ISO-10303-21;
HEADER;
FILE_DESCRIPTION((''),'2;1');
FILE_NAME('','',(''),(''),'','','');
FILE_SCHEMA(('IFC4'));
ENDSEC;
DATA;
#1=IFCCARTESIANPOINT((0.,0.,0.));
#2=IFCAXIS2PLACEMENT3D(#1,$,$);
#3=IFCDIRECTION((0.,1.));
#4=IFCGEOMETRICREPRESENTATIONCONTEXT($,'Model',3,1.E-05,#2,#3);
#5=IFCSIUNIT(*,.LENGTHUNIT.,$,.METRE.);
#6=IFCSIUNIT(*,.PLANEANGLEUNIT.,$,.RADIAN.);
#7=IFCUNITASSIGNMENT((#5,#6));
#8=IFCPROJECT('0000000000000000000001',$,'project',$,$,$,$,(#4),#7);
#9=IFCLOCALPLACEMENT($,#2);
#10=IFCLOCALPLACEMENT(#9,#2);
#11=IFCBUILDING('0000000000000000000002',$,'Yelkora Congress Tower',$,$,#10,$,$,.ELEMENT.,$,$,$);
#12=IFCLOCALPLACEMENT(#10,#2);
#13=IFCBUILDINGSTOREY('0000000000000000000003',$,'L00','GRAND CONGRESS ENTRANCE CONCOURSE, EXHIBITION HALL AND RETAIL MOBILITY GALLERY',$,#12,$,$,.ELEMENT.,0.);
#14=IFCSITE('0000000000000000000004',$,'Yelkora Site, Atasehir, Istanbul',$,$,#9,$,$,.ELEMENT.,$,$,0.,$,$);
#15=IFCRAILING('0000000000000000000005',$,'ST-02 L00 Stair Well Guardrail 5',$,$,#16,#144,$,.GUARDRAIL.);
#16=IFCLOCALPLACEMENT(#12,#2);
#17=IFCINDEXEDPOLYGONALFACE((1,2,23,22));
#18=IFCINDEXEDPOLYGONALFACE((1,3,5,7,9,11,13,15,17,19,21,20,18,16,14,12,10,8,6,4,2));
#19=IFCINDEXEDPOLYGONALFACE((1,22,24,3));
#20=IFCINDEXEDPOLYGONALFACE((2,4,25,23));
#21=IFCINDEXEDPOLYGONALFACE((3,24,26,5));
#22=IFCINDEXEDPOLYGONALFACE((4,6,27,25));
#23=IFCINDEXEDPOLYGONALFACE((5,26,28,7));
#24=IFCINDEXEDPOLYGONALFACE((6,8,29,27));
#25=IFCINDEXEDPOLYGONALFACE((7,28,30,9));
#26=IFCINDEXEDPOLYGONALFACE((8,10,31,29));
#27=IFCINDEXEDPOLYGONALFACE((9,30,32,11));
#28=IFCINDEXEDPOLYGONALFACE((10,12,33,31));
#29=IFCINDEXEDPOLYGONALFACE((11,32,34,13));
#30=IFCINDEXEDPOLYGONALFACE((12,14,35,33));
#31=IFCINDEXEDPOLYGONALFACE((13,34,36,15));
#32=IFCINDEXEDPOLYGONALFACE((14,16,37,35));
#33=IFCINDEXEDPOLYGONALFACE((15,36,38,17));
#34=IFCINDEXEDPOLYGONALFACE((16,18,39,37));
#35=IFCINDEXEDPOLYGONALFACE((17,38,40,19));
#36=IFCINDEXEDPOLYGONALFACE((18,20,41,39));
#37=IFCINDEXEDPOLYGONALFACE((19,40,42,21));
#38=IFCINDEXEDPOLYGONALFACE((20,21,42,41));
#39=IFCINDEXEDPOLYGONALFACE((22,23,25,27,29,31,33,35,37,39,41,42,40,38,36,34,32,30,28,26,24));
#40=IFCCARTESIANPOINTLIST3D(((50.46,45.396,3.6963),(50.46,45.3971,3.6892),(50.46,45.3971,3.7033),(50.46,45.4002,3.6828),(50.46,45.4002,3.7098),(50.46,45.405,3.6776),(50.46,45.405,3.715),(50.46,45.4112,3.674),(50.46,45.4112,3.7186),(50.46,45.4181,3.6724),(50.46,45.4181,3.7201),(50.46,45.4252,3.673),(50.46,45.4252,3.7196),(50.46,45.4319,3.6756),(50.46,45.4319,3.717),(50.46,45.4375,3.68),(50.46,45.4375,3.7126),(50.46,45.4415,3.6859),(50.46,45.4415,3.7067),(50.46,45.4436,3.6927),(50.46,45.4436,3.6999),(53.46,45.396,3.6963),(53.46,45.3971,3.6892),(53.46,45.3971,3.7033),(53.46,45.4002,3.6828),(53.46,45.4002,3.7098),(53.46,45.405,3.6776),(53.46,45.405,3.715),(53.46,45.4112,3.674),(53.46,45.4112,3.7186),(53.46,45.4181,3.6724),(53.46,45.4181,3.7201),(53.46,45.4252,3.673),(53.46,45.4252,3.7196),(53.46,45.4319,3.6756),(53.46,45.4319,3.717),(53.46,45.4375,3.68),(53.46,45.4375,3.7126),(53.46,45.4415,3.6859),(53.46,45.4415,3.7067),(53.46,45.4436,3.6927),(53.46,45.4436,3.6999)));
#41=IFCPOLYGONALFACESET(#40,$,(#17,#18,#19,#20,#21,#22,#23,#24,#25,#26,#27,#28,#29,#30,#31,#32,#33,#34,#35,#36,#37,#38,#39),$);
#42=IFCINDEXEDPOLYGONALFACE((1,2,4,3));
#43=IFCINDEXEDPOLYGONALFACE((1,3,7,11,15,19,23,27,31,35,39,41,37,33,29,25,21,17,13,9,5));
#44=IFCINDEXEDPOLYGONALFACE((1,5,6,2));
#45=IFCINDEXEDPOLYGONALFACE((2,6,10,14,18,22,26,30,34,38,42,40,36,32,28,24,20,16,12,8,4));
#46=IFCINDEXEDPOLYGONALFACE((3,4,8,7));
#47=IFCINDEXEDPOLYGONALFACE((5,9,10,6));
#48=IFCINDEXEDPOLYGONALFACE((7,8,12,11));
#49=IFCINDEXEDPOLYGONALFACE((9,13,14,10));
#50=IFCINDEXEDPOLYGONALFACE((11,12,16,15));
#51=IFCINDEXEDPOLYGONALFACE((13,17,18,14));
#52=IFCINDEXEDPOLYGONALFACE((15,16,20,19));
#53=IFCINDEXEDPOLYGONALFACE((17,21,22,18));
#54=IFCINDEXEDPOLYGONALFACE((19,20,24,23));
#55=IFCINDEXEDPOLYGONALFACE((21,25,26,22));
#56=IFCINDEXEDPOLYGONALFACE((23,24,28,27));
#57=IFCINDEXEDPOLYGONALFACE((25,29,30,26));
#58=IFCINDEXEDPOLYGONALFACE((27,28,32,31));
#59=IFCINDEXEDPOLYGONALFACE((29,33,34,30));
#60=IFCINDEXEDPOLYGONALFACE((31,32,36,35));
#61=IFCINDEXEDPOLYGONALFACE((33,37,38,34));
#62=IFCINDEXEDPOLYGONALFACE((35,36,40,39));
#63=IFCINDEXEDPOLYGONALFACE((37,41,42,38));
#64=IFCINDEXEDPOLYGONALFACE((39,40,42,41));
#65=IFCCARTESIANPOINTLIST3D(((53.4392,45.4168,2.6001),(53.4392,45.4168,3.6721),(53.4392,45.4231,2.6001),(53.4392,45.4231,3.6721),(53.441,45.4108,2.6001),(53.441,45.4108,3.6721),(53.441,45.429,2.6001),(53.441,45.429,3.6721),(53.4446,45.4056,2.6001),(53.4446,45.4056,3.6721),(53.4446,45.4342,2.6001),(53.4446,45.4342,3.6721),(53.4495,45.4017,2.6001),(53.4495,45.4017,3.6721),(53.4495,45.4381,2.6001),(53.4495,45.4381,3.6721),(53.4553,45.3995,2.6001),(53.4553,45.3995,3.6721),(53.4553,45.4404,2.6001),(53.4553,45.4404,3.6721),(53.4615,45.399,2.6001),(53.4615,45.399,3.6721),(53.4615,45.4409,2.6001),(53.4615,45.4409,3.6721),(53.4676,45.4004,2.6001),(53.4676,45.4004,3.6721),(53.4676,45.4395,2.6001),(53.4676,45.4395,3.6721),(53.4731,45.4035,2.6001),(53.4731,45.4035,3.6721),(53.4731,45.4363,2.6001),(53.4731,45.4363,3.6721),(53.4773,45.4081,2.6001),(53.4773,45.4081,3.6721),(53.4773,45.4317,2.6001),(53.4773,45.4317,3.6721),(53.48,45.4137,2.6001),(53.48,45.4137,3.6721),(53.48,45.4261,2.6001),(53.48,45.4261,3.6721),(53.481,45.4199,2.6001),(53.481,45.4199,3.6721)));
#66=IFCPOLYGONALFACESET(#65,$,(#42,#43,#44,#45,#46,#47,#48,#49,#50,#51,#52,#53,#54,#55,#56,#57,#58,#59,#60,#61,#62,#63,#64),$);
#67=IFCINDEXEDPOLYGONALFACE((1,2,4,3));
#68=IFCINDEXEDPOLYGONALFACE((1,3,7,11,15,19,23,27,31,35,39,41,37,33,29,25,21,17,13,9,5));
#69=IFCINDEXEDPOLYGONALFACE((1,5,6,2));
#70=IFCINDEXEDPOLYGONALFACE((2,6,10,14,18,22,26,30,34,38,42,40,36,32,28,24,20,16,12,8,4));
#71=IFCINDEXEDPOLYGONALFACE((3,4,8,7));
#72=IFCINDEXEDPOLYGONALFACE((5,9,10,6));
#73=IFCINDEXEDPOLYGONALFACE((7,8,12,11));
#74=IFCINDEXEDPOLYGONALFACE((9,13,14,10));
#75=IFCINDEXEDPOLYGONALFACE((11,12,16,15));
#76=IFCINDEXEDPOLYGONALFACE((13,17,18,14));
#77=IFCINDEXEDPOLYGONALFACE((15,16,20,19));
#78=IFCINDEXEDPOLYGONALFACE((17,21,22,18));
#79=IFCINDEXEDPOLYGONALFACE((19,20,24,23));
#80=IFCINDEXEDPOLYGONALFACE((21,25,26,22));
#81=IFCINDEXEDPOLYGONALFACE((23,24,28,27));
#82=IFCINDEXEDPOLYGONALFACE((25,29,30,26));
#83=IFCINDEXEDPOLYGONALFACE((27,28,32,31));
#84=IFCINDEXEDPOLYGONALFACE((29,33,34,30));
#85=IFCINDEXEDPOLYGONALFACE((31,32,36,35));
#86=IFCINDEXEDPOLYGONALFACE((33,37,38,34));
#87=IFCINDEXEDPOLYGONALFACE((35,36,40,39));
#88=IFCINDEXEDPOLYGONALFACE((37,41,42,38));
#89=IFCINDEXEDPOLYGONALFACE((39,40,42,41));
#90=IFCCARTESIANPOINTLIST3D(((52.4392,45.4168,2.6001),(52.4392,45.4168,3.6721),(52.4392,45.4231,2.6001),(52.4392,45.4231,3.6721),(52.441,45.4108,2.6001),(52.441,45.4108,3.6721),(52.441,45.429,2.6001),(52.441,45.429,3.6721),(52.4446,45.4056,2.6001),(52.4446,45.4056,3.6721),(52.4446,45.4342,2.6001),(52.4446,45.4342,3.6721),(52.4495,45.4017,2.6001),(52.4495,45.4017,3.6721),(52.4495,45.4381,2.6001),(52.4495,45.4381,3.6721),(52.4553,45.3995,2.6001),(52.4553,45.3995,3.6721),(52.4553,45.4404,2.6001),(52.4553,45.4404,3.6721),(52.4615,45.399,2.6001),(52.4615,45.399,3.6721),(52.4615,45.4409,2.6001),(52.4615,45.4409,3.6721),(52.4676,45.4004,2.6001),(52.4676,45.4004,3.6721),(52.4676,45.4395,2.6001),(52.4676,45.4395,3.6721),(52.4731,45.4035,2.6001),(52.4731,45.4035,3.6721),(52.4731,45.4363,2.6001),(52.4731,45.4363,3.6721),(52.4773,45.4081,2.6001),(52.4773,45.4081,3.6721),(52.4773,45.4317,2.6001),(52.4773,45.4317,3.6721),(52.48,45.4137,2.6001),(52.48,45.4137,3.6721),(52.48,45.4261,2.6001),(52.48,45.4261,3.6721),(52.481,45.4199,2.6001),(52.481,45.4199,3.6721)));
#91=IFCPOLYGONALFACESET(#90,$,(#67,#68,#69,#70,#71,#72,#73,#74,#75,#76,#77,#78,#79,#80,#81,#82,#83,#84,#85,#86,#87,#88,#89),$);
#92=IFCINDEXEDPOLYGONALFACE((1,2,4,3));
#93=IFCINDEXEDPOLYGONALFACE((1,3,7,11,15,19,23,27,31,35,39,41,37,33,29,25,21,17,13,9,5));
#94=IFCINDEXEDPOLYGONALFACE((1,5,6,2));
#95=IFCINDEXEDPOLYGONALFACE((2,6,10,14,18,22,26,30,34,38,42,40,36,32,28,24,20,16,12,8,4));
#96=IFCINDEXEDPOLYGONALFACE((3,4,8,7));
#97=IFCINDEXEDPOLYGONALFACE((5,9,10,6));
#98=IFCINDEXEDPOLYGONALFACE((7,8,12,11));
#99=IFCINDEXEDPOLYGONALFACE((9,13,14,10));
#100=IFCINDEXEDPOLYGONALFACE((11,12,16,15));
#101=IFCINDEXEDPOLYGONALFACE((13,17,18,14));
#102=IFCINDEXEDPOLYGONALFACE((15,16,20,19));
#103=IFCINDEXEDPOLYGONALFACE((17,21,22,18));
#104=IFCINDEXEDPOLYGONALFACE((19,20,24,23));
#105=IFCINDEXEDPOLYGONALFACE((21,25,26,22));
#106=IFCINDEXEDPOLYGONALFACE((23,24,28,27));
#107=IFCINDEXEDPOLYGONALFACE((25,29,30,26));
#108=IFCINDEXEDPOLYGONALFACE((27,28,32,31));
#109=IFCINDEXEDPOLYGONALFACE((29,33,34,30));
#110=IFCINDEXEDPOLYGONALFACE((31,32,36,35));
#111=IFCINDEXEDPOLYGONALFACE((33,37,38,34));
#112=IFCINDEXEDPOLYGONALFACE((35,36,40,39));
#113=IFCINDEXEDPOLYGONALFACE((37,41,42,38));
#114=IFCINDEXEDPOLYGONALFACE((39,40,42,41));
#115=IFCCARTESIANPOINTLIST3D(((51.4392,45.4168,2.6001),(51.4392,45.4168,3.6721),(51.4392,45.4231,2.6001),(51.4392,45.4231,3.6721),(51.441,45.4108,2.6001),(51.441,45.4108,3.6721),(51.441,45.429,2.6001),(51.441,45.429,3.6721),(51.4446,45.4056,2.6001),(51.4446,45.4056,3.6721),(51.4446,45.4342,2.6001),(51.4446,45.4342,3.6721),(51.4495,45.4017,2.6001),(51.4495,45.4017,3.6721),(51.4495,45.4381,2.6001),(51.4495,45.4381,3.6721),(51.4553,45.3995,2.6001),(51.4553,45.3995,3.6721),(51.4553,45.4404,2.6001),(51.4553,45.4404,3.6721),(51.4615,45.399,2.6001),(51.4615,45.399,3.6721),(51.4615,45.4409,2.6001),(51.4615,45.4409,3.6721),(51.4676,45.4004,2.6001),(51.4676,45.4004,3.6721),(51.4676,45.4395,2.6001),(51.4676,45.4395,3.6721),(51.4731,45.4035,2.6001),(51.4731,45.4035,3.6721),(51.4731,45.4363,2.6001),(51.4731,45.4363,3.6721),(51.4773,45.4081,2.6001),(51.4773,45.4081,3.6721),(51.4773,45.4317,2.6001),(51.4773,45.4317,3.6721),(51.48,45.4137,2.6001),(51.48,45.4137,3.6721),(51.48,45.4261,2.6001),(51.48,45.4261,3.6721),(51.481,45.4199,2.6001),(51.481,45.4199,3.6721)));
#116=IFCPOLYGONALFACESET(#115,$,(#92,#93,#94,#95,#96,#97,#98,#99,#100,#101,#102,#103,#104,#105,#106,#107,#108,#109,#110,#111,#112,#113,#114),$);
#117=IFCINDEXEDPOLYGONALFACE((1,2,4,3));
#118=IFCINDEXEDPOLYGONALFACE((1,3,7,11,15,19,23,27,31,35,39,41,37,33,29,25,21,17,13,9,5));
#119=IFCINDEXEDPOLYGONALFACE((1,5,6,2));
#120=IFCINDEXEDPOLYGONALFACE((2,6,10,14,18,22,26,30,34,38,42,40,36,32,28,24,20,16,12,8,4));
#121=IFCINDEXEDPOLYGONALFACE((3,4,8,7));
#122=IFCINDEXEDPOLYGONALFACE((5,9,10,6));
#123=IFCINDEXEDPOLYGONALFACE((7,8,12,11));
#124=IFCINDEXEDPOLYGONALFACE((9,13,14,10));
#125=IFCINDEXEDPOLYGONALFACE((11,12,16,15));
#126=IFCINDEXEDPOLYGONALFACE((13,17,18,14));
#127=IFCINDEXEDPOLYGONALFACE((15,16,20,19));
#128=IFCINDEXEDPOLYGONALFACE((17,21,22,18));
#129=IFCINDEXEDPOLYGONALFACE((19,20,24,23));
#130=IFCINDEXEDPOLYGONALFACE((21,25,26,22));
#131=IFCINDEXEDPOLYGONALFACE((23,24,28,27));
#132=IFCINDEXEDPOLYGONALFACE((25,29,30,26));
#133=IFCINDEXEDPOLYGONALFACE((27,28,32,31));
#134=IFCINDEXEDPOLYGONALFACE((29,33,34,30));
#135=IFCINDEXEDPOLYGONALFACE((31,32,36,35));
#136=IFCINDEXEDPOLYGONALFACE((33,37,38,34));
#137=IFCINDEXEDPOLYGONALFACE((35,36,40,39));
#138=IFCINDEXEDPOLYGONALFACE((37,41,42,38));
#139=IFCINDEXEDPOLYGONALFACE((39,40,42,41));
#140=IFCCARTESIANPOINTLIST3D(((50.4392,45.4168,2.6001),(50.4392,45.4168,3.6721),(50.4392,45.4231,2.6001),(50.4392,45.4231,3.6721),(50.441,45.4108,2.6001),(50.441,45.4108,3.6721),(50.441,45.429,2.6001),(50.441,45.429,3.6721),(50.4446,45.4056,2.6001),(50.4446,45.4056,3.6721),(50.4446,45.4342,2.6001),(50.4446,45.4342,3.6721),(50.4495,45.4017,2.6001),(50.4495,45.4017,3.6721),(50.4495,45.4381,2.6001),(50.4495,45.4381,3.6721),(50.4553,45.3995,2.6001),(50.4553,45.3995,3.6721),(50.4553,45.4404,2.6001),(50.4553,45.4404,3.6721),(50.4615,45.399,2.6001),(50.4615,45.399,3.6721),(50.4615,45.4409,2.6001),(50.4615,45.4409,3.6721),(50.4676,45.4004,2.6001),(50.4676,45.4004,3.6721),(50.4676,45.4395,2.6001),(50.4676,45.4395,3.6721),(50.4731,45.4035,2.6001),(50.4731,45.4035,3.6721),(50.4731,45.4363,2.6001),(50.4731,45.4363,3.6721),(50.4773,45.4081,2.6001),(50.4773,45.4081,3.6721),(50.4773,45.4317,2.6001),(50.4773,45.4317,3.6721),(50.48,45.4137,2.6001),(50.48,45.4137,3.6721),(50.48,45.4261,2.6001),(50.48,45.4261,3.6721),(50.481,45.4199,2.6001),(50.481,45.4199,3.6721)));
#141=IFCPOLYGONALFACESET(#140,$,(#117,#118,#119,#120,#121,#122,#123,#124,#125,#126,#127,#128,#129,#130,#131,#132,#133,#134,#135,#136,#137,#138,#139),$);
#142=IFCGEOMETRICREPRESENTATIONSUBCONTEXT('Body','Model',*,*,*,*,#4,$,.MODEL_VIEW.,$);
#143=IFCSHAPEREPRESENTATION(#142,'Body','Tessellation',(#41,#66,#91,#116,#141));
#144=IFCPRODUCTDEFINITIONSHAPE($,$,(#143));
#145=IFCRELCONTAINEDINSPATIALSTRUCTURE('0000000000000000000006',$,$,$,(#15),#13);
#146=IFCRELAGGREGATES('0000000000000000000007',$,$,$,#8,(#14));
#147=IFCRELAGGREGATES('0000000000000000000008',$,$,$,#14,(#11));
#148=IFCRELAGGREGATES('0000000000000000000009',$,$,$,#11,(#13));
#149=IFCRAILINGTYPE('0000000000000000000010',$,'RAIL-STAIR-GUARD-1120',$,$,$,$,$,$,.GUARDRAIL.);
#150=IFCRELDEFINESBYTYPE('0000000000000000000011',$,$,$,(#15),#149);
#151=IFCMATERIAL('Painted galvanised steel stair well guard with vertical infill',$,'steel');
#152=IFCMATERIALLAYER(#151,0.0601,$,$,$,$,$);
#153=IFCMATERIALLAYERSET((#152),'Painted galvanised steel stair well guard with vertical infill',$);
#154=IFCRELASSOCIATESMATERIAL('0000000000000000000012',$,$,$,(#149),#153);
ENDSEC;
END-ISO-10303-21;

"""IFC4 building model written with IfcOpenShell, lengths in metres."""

from ifc_helpers import new_model, si_unit, direction, frame, origin, origin_2d, place, context, subcontext, project, spatial, circle, extrude, material, layer, layer_set, type_object, element, save


model = new_model("IFC4")

# Units and contexts
model_context = context("Model", 3, precision=1e-05, world=origin(), true_north=direction((0.0, 1.0)))
body_context = subcontext(model_context, "Body", "Model", "MODEL_VIEW")
ifc_project = project(units=[si_unit("LENGTHUNIT", "METRE"), si_unit("PLANEANGLEUNIT", "RADIAN")], contexts=[model_context])

# Site, building, storey
site_placement = place(None, origin())
site = spatial("IfcSite", under=ifc_project, at=site_placement, Name="Yelkora Site, Atasehir, Istanbul", CompositionType="ELEMENT", RefElevation=0.0)
building_placement = place(site_placement, origin())
building = spatial("IfcBuilding", under=site, at=building_placement, Name="Yelkora Congress Tower", CompositionType="ELEMENT")
storey_placement = place(building_placement, origin())
storey = spatial("IfcBuildingStorey", under=building, at=storey_placement, Name="L00", Description="GRAND CONGRESS ENTRANCE CONCOURSE, EXHIBITION HALL AND RETAIL MOBILITY GALLERY", CompositionType="ELEMENT", Elevation=0.0)

# Railing
ifc_material_1 = material(Name="Painted galvanised steel stair well guard with vertical infill", Category="steel")
ifc_layer_1 = layer(ifc_material_1, 0.0601)
ifc_layer_set_1 = layer_set([ifc_layer_1], Name="Painted galvanised steel stair well guard with vertical infill")
railing_type_1 = type_object("IfcRailingType", Name="RAIL-STAIR-GUARD-1120", PredefinedType="GUARDRAIL", material=ifc_layer_set_1)
railing_1_placement = place(storey_placement, frame((53.46, 45.4199, 2.6001)))
element("IfcRailing", 1, at=railing_1_placement, inside=storey, type_object=railing_type_1, Name="ST-02 L00 Stair Well Guardrail 5", PredefinedType="GUARDRAIL", context=body_context, shape_type="SweptSolid", body=[
    extrude(circle(Radius=0.0239, at=origin_2d()), frame((0.0, 0.0, 1.0962), z_axis=(-1.0, 0.0, 0.0), x_axis=(0.0, -1.0, 0.0)), (0.0, 0.0, 1.0), 3.0),
    extrude(circle(Radius=0.021, at=origin_2d()), origin(), (0.0, 0.0, 1.0), 1.072),
    extrude(circle(Radius=0.021, at=origin_2d()), frame((-1.0, 0.0, 0.0)), (0.0, 0.0, 1.0), 1.072),
    extrude(circle(Radius=0.021, at=origin_2d()), frame((-2.0, 0.0, 0.0)), (0.0, 0.0, 1.0), 1.072),
    extrude(circle(Radius=0.021, at=origin_2d()), frame((-3.0, 0.0, 0.0)), (0.0, 0.0, 1.0), 1.072),
])

save(model, "model.ifc")
